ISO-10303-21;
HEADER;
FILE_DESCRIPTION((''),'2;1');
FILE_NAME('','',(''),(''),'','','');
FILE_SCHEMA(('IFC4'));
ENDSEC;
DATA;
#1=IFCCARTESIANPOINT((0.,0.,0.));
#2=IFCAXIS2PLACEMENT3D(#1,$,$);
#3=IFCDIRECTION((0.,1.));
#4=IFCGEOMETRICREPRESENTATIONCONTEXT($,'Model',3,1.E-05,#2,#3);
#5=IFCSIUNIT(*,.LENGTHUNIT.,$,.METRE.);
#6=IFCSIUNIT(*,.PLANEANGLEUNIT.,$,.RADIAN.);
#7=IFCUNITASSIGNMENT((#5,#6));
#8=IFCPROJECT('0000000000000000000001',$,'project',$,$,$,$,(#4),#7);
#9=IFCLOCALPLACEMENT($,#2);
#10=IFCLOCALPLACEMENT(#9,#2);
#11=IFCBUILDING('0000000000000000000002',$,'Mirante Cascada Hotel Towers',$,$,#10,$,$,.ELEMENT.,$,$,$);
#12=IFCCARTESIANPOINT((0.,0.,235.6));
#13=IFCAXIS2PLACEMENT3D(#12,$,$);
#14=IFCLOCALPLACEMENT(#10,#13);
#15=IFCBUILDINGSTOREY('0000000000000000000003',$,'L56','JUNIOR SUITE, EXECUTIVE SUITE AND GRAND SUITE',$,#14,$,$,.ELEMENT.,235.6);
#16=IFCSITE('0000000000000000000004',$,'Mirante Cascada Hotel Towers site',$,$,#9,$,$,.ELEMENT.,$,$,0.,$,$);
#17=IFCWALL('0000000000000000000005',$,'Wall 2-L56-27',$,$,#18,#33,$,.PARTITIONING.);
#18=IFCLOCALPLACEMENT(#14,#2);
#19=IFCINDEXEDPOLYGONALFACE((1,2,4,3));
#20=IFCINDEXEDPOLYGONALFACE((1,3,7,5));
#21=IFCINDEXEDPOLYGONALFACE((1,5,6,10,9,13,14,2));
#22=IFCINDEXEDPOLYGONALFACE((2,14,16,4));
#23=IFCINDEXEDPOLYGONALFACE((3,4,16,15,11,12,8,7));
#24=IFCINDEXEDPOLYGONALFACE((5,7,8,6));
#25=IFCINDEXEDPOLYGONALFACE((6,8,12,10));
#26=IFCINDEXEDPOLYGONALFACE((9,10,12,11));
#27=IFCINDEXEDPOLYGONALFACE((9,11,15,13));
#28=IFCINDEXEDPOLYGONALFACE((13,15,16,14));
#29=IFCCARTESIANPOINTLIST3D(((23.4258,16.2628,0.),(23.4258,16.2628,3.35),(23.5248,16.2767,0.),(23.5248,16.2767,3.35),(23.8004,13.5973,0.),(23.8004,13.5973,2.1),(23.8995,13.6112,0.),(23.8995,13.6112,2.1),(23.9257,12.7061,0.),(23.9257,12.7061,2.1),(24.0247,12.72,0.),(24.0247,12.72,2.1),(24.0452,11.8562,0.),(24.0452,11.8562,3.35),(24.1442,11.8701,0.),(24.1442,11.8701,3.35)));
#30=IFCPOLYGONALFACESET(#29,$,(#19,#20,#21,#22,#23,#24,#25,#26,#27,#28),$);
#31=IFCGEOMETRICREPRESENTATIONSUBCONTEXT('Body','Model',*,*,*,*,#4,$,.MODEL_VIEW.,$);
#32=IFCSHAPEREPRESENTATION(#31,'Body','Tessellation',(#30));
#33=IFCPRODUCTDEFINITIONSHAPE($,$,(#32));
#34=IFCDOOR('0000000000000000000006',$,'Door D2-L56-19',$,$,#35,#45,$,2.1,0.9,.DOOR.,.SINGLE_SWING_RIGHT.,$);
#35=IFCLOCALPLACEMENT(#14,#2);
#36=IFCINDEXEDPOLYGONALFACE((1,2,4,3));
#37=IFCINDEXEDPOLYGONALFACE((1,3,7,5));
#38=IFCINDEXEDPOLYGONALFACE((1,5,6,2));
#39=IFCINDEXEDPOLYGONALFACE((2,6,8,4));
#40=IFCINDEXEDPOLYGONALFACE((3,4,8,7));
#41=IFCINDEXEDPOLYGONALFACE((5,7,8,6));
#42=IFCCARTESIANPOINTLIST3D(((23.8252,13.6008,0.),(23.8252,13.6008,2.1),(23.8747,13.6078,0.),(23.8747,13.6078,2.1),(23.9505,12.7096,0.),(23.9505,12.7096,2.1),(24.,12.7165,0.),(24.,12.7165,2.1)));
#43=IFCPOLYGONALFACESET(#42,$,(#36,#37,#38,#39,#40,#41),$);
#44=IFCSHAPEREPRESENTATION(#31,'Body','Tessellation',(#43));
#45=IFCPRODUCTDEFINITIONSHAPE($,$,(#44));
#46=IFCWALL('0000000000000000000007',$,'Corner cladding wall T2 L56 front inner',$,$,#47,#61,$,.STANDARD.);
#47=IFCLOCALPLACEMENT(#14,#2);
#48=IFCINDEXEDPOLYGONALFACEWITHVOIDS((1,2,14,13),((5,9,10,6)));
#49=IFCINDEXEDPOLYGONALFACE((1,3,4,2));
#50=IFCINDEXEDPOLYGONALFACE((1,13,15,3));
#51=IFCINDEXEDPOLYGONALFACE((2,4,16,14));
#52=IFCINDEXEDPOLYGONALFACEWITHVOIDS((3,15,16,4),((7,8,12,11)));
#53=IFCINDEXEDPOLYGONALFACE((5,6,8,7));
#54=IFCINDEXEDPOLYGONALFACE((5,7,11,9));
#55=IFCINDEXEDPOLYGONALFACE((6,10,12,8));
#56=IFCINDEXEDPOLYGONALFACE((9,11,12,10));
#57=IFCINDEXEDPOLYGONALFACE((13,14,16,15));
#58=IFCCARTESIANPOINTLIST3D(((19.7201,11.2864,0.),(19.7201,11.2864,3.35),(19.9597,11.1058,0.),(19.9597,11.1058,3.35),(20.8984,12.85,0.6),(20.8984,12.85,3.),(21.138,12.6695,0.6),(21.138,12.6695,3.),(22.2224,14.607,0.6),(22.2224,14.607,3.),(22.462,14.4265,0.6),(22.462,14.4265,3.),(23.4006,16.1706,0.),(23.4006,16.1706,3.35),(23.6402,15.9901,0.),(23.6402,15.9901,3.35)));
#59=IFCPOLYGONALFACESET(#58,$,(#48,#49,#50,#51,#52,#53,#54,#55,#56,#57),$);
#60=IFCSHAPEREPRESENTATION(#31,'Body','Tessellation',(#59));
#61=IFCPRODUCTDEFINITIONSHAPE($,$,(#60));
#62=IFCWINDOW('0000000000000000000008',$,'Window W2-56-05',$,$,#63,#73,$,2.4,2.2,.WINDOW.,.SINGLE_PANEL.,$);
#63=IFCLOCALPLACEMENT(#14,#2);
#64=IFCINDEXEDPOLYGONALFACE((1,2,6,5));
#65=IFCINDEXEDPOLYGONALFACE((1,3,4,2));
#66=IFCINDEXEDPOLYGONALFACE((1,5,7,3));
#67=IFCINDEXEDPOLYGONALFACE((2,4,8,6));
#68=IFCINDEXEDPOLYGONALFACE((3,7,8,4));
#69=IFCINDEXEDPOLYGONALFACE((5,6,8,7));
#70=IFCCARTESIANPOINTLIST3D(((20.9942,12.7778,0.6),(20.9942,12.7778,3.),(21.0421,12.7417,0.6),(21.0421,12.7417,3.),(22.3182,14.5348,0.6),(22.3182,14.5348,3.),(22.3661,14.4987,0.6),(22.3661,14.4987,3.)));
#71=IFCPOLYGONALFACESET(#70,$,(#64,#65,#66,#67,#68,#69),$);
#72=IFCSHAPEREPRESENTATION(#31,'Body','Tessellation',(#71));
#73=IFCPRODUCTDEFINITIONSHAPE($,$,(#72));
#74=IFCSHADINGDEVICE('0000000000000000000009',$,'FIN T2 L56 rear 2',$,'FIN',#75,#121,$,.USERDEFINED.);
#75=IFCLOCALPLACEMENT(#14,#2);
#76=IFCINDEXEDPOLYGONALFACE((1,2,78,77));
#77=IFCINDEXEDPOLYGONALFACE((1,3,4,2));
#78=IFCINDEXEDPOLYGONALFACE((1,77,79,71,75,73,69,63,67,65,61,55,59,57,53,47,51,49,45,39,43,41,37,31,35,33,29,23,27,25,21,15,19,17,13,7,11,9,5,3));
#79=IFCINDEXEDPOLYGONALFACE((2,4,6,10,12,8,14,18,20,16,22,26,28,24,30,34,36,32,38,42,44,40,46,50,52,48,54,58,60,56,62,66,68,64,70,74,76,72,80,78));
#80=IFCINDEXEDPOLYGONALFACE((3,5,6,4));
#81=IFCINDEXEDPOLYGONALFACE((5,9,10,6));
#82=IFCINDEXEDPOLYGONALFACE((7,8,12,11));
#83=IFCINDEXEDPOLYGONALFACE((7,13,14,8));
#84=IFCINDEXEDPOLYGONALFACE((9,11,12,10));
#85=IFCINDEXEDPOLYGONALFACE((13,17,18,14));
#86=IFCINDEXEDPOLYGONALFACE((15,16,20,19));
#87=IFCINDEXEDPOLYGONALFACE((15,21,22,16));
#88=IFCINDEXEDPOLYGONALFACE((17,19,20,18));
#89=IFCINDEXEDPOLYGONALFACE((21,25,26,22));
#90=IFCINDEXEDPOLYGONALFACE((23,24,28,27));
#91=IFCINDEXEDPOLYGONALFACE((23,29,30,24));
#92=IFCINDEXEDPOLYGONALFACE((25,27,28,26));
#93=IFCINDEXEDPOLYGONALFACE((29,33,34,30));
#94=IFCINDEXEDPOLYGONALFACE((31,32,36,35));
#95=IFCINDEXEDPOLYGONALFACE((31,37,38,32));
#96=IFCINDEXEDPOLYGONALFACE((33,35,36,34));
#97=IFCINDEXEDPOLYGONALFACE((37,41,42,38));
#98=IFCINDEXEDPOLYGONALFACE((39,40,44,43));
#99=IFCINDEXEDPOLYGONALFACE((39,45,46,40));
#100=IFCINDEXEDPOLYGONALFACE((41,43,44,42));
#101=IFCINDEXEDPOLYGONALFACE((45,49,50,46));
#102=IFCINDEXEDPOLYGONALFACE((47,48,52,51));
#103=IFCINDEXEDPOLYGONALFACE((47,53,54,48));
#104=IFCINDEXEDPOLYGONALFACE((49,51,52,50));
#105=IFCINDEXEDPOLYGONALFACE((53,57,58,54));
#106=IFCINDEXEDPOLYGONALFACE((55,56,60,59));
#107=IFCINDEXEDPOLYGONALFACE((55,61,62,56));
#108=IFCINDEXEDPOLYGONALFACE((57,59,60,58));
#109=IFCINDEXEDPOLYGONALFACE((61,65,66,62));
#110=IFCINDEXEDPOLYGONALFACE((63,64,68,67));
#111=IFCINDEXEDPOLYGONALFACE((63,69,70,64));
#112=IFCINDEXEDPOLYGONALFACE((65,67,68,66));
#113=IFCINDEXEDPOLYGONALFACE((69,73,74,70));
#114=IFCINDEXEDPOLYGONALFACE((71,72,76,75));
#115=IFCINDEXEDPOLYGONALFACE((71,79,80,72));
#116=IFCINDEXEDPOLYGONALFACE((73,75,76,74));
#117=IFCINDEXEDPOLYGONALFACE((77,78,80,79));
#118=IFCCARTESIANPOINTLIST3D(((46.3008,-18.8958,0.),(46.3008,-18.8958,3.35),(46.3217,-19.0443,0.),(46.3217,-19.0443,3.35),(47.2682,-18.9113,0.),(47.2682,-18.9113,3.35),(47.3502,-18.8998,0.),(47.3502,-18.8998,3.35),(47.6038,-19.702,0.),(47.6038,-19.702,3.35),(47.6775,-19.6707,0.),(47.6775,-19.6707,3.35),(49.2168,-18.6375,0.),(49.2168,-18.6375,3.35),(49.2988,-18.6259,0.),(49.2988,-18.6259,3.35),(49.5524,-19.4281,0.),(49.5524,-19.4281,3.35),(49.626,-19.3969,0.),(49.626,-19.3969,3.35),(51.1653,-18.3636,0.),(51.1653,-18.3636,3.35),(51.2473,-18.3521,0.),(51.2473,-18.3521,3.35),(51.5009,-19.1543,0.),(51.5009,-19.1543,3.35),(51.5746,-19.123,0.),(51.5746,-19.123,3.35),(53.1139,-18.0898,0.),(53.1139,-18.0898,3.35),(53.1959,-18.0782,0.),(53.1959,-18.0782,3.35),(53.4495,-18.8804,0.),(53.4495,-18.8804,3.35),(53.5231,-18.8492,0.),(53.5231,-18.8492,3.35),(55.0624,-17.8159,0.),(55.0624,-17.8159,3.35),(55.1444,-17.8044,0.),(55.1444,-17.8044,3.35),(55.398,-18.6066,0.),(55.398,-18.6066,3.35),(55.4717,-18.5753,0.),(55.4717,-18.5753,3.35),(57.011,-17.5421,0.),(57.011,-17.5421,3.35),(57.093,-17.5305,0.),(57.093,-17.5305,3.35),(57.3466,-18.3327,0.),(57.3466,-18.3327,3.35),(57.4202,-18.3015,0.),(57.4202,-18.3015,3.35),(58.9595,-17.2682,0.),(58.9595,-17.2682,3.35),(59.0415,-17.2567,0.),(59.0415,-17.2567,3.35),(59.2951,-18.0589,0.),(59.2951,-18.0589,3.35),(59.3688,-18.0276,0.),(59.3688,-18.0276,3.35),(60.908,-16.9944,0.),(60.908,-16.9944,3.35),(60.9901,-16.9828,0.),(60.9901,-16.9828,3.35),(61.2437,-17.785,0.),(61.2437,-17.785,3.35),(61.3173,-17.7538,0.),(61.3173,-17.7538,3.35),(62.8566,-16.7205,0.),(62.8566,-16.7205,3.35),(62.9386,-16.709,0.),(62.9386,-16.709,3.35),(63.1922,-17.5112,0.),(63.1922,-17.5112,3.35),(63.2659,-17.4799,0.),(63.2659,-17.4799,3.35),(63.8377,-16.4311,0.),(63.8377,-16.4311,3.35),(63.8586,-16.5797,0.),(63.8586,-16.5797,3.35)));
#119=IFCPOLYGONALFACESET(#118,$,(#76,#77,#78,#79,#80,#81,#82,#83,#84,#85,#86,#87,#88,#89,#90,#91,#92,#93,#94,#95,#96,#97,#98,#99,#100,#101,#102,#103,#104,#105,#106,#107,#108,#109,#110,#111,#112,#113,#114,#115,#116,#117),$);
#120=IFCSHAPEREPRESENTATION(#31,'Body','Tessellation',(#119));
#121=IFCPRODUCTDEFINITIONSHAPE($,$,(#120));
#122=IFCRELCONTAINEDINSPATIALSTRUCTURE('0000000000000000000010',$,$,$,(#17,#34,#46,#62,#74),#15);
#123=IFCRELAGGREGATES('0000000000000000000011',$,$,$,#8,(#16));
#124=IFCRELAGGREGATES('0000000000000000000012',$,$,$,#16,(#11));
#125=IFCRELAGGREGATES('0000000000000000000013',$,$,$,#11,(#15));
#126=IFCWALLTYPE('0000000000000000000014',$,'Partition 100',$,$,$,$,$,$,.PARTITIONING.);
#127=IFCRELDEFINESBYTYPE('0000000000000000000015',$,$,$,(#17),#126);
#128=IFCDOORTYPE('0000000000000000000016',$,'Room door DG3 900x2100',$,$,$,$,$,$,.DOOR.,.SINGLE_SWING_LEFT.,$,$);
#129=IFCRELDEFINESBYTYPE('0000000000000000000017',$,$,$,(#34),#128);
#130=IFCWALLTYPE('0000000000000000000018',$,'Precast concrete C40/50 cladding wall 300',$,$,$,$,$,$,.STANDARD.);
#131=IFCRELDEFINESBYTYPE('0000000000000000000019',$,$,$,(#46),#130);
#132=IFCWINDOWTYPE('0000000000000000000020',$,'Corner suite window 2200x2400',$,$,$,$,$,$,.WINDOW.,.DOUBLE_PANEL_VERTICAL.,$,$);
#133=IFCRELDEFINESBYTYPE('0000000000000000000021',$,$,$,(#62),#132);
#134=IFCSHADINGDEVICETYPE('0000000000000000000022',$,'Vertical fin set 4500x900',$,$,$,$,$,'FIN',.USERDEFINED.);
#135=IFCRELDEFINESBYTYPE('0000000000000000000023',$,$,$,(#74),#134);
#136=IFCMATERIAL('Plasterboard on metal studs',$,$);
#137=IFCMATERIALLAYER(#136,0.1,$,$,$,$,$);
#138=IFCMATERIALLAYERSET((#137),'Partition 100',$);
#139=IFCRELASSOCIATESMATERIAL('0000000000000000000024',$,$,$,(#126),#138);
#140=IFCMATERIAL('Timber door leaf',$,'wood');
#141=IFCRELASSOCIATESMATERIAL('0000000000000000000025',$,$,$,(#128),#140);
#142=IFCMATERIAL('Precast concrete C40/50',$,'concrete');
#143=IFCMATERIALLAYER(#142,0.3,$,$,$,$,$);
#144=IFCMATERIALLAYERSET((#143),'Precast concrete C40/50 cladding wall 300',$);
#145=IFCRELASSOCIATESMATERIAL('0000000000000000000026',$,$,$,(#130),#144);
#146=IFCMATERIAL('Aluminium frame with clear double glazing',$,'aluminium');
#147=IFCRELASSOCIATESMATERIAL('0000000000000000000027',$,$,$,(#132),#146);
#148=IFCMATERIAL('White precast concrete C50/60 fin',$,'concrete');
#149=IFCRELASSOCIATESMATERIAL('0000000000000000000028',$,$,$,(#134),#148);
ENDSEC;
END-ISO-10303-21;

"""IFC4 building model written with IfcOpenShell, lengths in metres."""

from ifc_helpers import new_model, si_unit, direction, frame, frame_2d, origin, place, context, subcontext, project, spatial, polyline, rectangle, outline, extrude, material, layer, layer_set, type_object, element, fill, save


model = new_model("IFC4")

# Units and contexts
model_context = context("Model", 3, precision=1e-05, world=origin(), true_north=direction((0.0, 1.0)))
body_context = subcontext(model_context, "Body", "Model", "MODEL_VIEW")
ifc_project = project(units=[si_unit("LENGTHUNIT", "METRE"), si_unit("PLANEANGLEUNIT", "RADIAN")], contexts=[model_context])

# Site, building, storey
site_placement = place(None, origin())
site = spatial("IfcSite", under=ifc_project, at=site_placement, Name="Mirante Cascada Hotel Towers site", CompositionType="ELEMENT", RefElevation=0.0)
building_placement = place(site_placement, origin())
building = spatial("IfcBuilding", under=site, at=building_placement, Name="Mirante Cascada Hotel Towers", CompositionType="ELEMENT")
storey_placement = place(building_placement, frame((0.0, 0.0, 235.6)))
storey = spatial("IfcBuildingStorey", under=building, at=storey_placement, Name="L56", Description="JUNIOR SUITE, EXECUTIVE SUITE AND GRAND SUITE", CompositionType="ELEMENT", Elevation=235.6)

# Shared definitions
ifc_material_1 = material(Name="Plasterboard on metal studs")
ifc_layer_1 = layer(ifc_material_1, 0.1)
ifc_layer_set_1 = layer_set([ifc_layer_1], Name="Partition 100")
wall_type_1 = type_object("IfcWallType", Name="Partition 100", PredefinedType="PARTITIONING", material=ifc_layer_set_1)

# Shared definitions
ifc_material_2 = material(Name="Timber door leaf", Category="wood")
door_type_1 = type_object("IfcDoorType", Name="Room door DG3 900x2100", OperationType="SINGLE_SWING_LEFT", PredefinedType="DOOR", material=ifc_material_2)

# Wall, opening, door
wall_1_placement = place(storey_placement, frame((24.0947, 11.8631, 0.0), z_axis=(0.0, 0.0, 1.0), x_axis=(-0.139193, 0.990265, 0.0)))
wall_1 = element("IfcWall", 1, at=wall_1_placement, inside=storey, type_object=wall_type_1, Name="Wall 2-L56-27", PredefinedType="PARTITIONING", context=body_context, shape_type="SweptSolid", body=[
    extrude(rectangle(XDim=4.4499, YDim=0.1, at=frame_2d((2.225, 0.0))), origin(), (0.0, 0.0, 1.0), 3.35),
])
opening_1_placement = place(wall_1_placement, frame((0.8583, 0.0, 0.0)))
opening_1 = element("IfcOpeningElement", 2, at=opening_1_placement, cuts=wall_1, PredefinedType="OPENING", context=body_context, shape_type="SweptSolid", body=[
    extrude(rectangle(XDim=0.9, YDim=2.1, at=frame_2d((0.45, 1.05))), frame((0.0, 0.05, 0.0), z_axis=(0.0, -1.0, 0.0), x_axis=(1.0, 0.0, 0.0)), (0.0, 0.0, 1.0), 0.1),
])
door_1_placement = place(opening_1_placement, frame((0.9, 0.0, 0.0), z_axis=(0.0, 0.0, 1.0), x_axis=(-1.0, 0.0, 0.0)))
door_1 = element("IfcDoor", 3, at=door_1_placement, inside=storey, type_object=door_type_1, Name="Door D2-L56-19", OperationType="SINGLE_SWING_RIGHT", OverallHeight=2.1, OverallWidth=0.9, PredefinedType="DOOR", context=body_context, shape_type="SweptSolid", body=[
    extrude(rectangle(XDim=0.9, YDim=2.1, at=frame_2d((0.45, 1.05))), frame((0.0, 0.025, 0.0), z_axis=(0.0, -1.0, 0.0), x_axis=(1.0, 0.0, 0.0)), (0.0, 0.0, 1.0), 0.05),
])
fill(opening_1, door_1)

# Wall, opening, window
ifc_material_3 = material(Name="Precast concrete C40/50", Category="concrete")
ifc_layer_2 = layer(ifc_material_3, 0.3)
ifc_layer_set_2 = layer_set([ifc_layer_2], Name="Precast concrete C40/50 cladding wall 300")
wall_type_2 = type_object("IfcWallType", Name="Precast concrete C40/50 cladding wall 300", PredefinedType="STANDARD", material=ifc_layer_set_2)
wall_2_placement = place(storey_placement, frame((23.5204, 16.0803, 0.0), z_axis=(0.0, 0.0, 1.0), x_axis=(-0.601814, -0.798636, 0.0)))
wall_2 = element("IfcWall", 4, at=wall_2_placement, inside=storey, type_object=wall_type_2, Name="Corner cladding wall T2 L56 front inner", PredefinedType="STANDARD", context=body_context, shape_type="SweptSolid", body=[
    extrude(rectangle(XDim=6.1157, YDim=0.3, at=frame_2d((3.0578, 0.0))), origin(), (0.0, 0.0, 1.0), 3.35),
])
opening_2_placement = place(wall_2_placement, frame((1.9578, 0.0, 0.6)))
opening_2 = element("IfcOpeningElement", 5, at=opening_2_placement, cuts=wall_2, PredefinedType="OPENING", context=body_context, shape_type="SweptSolid", body=[
    extrude(rectangle(XDim=2.2, YDim=2.4, at=frame_2d((1.1, 1.2))), frame((0.0, 0.15, 0.0), z_axis=(0.0, -1.0, 0.0), x_axis=(1.0, 0.0, 0.0)), (0.0, 0.0, 1.0), 0.3),
])
ifc_material_4 = material(Name="Aluminium frame with clear double glazing", Category="aluminium")
window_type = type_object("IfcWindowType", Name="Corner suite window 2200x2400", PartitioningType="DOUBLE_PANEL_VERTICAL", PredefinedType="WINDOW", material=ifc_material_4)
window_placement = place(opening_2_placement, origin())
window = element("IfcWindow", 6, at=window_placement, inside=storey, type_object=window_type, Name="Window W2-56-05", OverallHeight=2.4, OverallWidth=2.2, PartitioningType="SINGLE_PANEL", PredefinedType="WINDOW", context=body_context, shape_type="SweptSolid", body=[
    extrude(rectangle(XDim=2.2, YDim=2.4, at=frame_2d((1.1, 1.2))), frame((0.0, 0.03, 0.0), z_axis=(0.0, -1.0, 0.0), x_axis=(1.0, 0.0, 0.0)), (0.0, 0.0, 1.0), 0.06),
])
fill(opening_2, window)

# Shading device
ifc_material_5 = material(Name="White precast concrete C50/60 fin", Category="concrete")
shading_device_type = type_object("IfcShadingDeviceType", Name="Vertical fin set 4500x900", ElementType="FIN", PredefinedType="USERDEFINED", material=ifc_material_5)
shading_device_placement = place(storey_placement, origin())
element("IfcShadingDevice", 7, at=shading_device_placement, inside=storey, type_object=shading_device_type, Name="FIN T2 L56 rear 2", ObjectType="FIN", PredefinedType="USERDEFINED", context=body_context, shape_type="SweptSolid", body=[
    extrude(outline(polyline([(47.6038, -19.702), (47.2682, -18.9113), (46.3217, -19.0443), (46.3008, -18.8958), (63.8377, -16.4311), (63.8586, -16.5797), (62.9386, -16.709), (63.2659, -17.4799), (63.1922, -17.5112), (62.8566, -16.7205), (60.9901, -16.9828), (61.3173, -17.7538), (61.2437, -17.785), (60.908, -16.9944), (59.0415, -17.2567), (59.3688, -18.0276), (59.2951, -18.0589), (58.9595, -17.2682), (57.093, -17.5305), (57.4202, -18.3015), (57.3466, -18.3327), (57.011, -17.5421), (55.1444, -17.8044), (55.4717, -18.5753), (55.398, -18.6066), (55.0624, -17.8159), (53.1959, -18.0782), (53.5231, -18.8492), (53.4495, -18.8804), (53.1139, -18.0898), (51.2473, -18.3521), (51.5746, -19.123), (51.5009, -19.1543), (51.1653, -18.3636), (49.2988, -18.6259), (49.626, -19.3969), (49.5524, -19.4281), (49.2168, -18.6375), (47.3502, -18.8998), (47.6775, -19.6707), (47.6038, -19.702)])), origin(), (0.0, 0.0, 1.0), 3.35),
])

save(model, "model.ifc")
